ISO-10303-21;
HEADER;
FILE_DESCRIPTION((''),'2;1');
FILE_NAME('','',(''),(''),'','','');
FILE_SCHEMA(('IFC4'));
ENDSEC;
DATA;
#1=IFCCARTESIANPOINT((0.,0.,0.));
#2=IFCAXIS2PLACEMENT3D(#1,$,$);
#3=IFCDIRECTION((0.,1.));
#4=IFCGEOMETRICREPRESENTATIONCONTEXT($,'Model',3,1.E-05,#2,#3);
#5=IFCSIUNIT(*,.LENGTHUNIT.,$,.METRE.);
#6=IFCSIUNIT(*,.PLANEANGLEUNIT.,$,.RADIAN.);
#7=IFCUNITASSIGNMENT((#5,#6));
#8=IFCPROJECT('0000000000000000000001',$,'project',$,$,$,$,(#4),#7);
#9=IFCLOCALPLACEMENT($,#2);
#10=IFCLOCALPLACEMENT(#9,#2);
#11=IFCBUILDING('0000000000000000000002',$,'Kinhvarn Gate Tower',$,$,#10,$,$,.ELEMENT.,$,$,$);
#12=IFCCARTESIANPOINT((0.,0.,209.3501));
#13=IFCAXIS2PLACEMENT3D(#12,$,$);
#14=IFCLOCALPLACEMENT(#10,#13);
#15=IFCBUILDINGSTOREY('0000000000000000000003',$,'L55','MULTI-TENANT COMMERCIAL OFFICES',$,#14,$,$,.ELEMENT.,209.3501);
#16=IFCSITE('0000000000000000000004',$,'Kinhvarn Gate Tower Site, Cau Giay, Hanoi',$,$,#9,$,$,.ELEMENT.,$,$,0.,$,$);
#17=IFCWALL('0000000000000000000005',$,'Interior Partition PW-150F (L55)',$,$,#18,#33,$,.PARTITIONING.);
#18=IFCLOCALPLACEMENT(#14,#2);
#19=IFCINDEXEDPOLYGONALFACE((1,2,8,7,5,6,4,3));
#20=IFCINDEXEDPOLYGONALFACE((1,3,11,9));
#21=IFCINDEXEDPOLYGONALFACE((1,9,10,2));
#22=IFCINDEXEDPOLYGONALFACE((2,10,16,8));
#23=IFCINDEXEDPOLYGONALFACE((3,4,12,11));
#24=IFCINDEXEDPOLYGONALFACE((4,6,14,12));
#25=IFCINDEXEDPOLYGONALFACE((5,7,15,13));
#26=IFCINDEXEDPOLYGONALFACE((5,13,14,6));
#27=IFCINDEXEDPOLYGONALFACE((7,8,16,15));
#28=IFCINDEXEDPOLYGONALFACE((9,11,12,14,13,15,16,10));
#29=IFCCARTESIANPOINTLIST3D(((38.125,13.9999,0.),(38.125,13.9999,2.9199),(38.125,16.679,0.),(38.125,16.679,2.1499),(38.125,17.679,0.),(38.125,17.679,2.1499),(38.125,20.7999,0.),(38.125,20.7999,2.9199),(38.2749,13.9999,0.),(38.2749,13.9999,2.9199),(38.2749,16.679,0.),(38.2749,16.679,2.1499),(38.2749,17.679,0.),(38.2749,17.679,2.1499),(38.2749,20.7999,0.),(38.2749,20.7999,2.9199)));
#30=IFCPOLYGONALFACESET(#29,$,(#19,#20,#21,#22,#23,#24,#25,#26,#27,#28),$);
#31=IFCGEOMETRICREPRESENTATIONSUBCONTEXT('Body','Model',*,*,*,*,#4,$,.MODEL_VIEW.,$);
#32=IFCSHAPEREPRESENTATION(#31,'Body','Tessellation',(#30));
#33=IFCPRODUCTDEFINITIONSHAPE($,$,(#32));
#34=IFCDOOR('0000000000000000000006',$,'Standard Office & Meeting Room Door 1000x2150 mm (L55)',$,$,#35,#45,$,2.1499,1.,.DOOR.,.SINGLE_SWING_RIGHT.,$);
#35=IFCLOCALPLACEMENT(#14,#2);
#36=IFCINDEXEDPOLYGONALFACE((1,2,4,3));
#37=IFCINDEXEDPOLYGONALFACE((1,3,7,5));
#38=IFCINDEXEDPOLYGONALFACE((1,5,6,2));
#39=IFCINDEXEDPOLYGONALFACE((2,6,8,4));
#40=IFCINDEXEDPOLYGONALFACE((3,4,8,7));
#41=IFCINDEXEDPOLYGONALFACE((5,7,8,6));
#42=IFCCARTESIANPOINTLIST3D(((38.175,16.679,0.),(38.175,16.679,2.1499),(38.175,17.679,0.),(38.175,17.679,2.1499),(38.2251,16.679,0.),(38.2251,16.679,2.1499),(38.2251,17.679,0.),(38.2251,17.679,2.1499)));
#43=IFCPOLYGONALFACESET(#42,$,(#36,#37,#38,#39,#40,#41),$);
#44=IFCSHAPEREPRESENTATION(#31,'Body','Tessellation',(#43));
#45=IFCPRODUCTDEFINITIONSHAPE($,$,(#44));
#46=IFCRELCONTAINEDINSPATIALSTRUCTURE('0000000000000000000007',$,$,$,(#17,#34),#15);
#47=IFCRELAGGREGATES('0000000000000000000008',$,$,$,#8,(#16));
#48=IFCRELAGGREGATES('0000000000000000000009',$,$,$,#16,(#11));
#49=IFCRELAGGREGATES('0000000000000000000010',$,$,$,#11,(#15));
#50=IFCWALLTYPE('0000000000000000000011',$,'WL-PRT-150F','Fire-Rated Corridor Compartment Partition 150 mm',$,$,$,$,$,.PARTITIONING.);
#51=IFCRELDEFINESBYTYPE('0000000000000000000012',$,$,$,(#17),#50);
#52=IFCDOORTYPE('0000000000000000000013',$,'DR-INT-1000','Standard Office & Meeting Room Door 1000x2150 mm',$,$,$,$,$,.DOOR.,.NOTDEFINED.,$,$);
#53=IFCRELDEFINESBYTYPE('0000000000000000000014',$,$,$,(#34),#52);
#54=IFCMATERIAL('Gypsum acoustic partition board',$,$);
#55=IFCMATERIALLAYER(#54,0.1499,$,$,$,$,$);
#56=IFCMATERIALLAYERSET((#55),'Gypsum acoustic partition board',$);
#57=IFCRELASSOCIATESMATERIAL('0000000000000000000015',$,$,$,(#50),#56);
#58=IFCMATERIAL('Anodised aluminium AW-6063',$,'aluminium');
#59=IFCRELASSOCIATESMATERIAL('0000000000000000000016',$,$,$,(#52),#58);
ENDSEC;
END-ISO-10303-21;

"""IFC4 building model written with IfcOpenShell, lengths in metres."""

from ifc_helpers import new_model, si_unit, direction, frame, frame_2d, origin, place, context, subcontext, project, spatial, rectangle, extrude, material, layer, layer_set, type_object, element, fill, save


model = new_model("IFC4")

# Units and contexts
model_context = context("Model", 3, precision=1e-05, world=origin(), true_north=direction((0.0, 1.0)))
body_context = subcontext(model_context, "Body", "Model", "MODEL_VIEW")
ifc_project = project(units=[si_unit("LENGTHUNIT", "METRE"), si_unit("PLANEANGLEUNIT", "RADIAN")], contexts=[model_context])

# Site, building, storey
site_placement = place(None, origin())
site = spatial("IfcSite", under=ifc_project, at=site_placement, Name="Kinhvarn Gate Tower Site, Cau Giay, Hanoi", CompositionType="ELEMENT", RefElevation=0.0)
building_placement = place(site_placement, origin())
building = spatial("IfcBuilding", under=site, at=building_placement, Name="Kinhvarn Gate Tower", CompositionType="ELEMENT")
storey_placement = place(building_placement, frame((0.0, 0.0, 209.3501)))
storey = spatial("IfcBuildingStorey", under=building, at=storey_placement, Name="L55", Description="MULTI-TENANT COMMERCIAL OFFICES", CompositionType="ELEMENT", Elevation=209.3501)

# Shared definitions
ifc_material_1 = material(Name="Anodised aluminium AW-6063", Category="aluminium")

# Shared definitions
ifc_material_2 = material(Name="Gypsum acoustic partition board")

# Wall, opening, door
ifc_layer_1 = layer(ifc_material_2, 0.1499)
ifc_layer_set_1 = layer_set([ifc_layer_1], Name="Gypsum acoustic partition board")
wall_type_1 = type_object("IfcWallType", Name="WL-PRT-150F", Description="Fire-Rated Corridor Compartment Partition 150 mm", PredefinedType="PARTITIONING", material=ifc_layer_set_1)
wall_1_placement = place(storey_placement, frame((38.2, 14.0, 0.0), z_axis=(0.0, 0.0, 1.0), x_axis=(0.0, 1.0, 0.0)))
wall_1 = element("IfcWall", 1, at=wall_1_placement, inside=storey, type_object=wall_type_1, Name="Interior Partition PW-150F (L55)", PredefinedType="PARTITIONING", context=body_context, shape_type="SweptSolid", body=[
    extrude(rectangle(XDim=6.8, YDim=0.1499, at=frame_2d((3.3999, 0.0))), origin(), (0.0, 0.0, 1.0), 2.9199),
])
opening_1_placement = place(wall_1_placement, frame((2.679, 0.0, 0.0)))
opening_1 = element("IfcOpeningElement", 2, at=opening_1_placement, cuts=wall_1, PredefinedType="OPENING", context=body_context, shape_type="SweptSolid", body=[
    extrude(rectangle(XDim=1.0, YDim=2.1499, at=frame_2d((0.5, 1.075))), frame((0.0, 0.085, 0.0), z_axis=(0.0, -1.0, 0.0), x_axis=(1.0, 0.0, 0.0)), (0.0, 0.0, 1.0), 0.1699),
])
door_type = type_object("IfcDoorType", Name="DR-INT-1000", Description="Standard Office & Meeting Room Door 1000x2150 mm", OperationType="NOTDEFINED", PredefinedType="DOOR", material=ifc_material_1)
door_1_placement = place(opening_1_placement, origin())
door_1 = element("IfcDoor", 3, at=door_1_placement, inside=storey, type_object=door_type, Name="Standard Office & Meeting Room Door 1000x2150 mm (L55)", OperationType="SINGLE_SWING_RIGHT", OverallHeight=2.1499, OverallWidth=1.0, PredefinedType="DOOR", context=body_context, shape_type="SweptSolid", body=[
    extrude(rectangle(XDim=1.0, YDim=2.1499, at=frame_2d((0.5, 1.075))), frame((0.0, 0.0249, 0.0), z_axis=(0.0, -1.0, 0.0), x_axis=(1.0, 0.0, 0.0)), (0.0, 0.0, 1.0), 0.05),
])
fill(opening_1, door_1)

save(model, "model.ifc")
